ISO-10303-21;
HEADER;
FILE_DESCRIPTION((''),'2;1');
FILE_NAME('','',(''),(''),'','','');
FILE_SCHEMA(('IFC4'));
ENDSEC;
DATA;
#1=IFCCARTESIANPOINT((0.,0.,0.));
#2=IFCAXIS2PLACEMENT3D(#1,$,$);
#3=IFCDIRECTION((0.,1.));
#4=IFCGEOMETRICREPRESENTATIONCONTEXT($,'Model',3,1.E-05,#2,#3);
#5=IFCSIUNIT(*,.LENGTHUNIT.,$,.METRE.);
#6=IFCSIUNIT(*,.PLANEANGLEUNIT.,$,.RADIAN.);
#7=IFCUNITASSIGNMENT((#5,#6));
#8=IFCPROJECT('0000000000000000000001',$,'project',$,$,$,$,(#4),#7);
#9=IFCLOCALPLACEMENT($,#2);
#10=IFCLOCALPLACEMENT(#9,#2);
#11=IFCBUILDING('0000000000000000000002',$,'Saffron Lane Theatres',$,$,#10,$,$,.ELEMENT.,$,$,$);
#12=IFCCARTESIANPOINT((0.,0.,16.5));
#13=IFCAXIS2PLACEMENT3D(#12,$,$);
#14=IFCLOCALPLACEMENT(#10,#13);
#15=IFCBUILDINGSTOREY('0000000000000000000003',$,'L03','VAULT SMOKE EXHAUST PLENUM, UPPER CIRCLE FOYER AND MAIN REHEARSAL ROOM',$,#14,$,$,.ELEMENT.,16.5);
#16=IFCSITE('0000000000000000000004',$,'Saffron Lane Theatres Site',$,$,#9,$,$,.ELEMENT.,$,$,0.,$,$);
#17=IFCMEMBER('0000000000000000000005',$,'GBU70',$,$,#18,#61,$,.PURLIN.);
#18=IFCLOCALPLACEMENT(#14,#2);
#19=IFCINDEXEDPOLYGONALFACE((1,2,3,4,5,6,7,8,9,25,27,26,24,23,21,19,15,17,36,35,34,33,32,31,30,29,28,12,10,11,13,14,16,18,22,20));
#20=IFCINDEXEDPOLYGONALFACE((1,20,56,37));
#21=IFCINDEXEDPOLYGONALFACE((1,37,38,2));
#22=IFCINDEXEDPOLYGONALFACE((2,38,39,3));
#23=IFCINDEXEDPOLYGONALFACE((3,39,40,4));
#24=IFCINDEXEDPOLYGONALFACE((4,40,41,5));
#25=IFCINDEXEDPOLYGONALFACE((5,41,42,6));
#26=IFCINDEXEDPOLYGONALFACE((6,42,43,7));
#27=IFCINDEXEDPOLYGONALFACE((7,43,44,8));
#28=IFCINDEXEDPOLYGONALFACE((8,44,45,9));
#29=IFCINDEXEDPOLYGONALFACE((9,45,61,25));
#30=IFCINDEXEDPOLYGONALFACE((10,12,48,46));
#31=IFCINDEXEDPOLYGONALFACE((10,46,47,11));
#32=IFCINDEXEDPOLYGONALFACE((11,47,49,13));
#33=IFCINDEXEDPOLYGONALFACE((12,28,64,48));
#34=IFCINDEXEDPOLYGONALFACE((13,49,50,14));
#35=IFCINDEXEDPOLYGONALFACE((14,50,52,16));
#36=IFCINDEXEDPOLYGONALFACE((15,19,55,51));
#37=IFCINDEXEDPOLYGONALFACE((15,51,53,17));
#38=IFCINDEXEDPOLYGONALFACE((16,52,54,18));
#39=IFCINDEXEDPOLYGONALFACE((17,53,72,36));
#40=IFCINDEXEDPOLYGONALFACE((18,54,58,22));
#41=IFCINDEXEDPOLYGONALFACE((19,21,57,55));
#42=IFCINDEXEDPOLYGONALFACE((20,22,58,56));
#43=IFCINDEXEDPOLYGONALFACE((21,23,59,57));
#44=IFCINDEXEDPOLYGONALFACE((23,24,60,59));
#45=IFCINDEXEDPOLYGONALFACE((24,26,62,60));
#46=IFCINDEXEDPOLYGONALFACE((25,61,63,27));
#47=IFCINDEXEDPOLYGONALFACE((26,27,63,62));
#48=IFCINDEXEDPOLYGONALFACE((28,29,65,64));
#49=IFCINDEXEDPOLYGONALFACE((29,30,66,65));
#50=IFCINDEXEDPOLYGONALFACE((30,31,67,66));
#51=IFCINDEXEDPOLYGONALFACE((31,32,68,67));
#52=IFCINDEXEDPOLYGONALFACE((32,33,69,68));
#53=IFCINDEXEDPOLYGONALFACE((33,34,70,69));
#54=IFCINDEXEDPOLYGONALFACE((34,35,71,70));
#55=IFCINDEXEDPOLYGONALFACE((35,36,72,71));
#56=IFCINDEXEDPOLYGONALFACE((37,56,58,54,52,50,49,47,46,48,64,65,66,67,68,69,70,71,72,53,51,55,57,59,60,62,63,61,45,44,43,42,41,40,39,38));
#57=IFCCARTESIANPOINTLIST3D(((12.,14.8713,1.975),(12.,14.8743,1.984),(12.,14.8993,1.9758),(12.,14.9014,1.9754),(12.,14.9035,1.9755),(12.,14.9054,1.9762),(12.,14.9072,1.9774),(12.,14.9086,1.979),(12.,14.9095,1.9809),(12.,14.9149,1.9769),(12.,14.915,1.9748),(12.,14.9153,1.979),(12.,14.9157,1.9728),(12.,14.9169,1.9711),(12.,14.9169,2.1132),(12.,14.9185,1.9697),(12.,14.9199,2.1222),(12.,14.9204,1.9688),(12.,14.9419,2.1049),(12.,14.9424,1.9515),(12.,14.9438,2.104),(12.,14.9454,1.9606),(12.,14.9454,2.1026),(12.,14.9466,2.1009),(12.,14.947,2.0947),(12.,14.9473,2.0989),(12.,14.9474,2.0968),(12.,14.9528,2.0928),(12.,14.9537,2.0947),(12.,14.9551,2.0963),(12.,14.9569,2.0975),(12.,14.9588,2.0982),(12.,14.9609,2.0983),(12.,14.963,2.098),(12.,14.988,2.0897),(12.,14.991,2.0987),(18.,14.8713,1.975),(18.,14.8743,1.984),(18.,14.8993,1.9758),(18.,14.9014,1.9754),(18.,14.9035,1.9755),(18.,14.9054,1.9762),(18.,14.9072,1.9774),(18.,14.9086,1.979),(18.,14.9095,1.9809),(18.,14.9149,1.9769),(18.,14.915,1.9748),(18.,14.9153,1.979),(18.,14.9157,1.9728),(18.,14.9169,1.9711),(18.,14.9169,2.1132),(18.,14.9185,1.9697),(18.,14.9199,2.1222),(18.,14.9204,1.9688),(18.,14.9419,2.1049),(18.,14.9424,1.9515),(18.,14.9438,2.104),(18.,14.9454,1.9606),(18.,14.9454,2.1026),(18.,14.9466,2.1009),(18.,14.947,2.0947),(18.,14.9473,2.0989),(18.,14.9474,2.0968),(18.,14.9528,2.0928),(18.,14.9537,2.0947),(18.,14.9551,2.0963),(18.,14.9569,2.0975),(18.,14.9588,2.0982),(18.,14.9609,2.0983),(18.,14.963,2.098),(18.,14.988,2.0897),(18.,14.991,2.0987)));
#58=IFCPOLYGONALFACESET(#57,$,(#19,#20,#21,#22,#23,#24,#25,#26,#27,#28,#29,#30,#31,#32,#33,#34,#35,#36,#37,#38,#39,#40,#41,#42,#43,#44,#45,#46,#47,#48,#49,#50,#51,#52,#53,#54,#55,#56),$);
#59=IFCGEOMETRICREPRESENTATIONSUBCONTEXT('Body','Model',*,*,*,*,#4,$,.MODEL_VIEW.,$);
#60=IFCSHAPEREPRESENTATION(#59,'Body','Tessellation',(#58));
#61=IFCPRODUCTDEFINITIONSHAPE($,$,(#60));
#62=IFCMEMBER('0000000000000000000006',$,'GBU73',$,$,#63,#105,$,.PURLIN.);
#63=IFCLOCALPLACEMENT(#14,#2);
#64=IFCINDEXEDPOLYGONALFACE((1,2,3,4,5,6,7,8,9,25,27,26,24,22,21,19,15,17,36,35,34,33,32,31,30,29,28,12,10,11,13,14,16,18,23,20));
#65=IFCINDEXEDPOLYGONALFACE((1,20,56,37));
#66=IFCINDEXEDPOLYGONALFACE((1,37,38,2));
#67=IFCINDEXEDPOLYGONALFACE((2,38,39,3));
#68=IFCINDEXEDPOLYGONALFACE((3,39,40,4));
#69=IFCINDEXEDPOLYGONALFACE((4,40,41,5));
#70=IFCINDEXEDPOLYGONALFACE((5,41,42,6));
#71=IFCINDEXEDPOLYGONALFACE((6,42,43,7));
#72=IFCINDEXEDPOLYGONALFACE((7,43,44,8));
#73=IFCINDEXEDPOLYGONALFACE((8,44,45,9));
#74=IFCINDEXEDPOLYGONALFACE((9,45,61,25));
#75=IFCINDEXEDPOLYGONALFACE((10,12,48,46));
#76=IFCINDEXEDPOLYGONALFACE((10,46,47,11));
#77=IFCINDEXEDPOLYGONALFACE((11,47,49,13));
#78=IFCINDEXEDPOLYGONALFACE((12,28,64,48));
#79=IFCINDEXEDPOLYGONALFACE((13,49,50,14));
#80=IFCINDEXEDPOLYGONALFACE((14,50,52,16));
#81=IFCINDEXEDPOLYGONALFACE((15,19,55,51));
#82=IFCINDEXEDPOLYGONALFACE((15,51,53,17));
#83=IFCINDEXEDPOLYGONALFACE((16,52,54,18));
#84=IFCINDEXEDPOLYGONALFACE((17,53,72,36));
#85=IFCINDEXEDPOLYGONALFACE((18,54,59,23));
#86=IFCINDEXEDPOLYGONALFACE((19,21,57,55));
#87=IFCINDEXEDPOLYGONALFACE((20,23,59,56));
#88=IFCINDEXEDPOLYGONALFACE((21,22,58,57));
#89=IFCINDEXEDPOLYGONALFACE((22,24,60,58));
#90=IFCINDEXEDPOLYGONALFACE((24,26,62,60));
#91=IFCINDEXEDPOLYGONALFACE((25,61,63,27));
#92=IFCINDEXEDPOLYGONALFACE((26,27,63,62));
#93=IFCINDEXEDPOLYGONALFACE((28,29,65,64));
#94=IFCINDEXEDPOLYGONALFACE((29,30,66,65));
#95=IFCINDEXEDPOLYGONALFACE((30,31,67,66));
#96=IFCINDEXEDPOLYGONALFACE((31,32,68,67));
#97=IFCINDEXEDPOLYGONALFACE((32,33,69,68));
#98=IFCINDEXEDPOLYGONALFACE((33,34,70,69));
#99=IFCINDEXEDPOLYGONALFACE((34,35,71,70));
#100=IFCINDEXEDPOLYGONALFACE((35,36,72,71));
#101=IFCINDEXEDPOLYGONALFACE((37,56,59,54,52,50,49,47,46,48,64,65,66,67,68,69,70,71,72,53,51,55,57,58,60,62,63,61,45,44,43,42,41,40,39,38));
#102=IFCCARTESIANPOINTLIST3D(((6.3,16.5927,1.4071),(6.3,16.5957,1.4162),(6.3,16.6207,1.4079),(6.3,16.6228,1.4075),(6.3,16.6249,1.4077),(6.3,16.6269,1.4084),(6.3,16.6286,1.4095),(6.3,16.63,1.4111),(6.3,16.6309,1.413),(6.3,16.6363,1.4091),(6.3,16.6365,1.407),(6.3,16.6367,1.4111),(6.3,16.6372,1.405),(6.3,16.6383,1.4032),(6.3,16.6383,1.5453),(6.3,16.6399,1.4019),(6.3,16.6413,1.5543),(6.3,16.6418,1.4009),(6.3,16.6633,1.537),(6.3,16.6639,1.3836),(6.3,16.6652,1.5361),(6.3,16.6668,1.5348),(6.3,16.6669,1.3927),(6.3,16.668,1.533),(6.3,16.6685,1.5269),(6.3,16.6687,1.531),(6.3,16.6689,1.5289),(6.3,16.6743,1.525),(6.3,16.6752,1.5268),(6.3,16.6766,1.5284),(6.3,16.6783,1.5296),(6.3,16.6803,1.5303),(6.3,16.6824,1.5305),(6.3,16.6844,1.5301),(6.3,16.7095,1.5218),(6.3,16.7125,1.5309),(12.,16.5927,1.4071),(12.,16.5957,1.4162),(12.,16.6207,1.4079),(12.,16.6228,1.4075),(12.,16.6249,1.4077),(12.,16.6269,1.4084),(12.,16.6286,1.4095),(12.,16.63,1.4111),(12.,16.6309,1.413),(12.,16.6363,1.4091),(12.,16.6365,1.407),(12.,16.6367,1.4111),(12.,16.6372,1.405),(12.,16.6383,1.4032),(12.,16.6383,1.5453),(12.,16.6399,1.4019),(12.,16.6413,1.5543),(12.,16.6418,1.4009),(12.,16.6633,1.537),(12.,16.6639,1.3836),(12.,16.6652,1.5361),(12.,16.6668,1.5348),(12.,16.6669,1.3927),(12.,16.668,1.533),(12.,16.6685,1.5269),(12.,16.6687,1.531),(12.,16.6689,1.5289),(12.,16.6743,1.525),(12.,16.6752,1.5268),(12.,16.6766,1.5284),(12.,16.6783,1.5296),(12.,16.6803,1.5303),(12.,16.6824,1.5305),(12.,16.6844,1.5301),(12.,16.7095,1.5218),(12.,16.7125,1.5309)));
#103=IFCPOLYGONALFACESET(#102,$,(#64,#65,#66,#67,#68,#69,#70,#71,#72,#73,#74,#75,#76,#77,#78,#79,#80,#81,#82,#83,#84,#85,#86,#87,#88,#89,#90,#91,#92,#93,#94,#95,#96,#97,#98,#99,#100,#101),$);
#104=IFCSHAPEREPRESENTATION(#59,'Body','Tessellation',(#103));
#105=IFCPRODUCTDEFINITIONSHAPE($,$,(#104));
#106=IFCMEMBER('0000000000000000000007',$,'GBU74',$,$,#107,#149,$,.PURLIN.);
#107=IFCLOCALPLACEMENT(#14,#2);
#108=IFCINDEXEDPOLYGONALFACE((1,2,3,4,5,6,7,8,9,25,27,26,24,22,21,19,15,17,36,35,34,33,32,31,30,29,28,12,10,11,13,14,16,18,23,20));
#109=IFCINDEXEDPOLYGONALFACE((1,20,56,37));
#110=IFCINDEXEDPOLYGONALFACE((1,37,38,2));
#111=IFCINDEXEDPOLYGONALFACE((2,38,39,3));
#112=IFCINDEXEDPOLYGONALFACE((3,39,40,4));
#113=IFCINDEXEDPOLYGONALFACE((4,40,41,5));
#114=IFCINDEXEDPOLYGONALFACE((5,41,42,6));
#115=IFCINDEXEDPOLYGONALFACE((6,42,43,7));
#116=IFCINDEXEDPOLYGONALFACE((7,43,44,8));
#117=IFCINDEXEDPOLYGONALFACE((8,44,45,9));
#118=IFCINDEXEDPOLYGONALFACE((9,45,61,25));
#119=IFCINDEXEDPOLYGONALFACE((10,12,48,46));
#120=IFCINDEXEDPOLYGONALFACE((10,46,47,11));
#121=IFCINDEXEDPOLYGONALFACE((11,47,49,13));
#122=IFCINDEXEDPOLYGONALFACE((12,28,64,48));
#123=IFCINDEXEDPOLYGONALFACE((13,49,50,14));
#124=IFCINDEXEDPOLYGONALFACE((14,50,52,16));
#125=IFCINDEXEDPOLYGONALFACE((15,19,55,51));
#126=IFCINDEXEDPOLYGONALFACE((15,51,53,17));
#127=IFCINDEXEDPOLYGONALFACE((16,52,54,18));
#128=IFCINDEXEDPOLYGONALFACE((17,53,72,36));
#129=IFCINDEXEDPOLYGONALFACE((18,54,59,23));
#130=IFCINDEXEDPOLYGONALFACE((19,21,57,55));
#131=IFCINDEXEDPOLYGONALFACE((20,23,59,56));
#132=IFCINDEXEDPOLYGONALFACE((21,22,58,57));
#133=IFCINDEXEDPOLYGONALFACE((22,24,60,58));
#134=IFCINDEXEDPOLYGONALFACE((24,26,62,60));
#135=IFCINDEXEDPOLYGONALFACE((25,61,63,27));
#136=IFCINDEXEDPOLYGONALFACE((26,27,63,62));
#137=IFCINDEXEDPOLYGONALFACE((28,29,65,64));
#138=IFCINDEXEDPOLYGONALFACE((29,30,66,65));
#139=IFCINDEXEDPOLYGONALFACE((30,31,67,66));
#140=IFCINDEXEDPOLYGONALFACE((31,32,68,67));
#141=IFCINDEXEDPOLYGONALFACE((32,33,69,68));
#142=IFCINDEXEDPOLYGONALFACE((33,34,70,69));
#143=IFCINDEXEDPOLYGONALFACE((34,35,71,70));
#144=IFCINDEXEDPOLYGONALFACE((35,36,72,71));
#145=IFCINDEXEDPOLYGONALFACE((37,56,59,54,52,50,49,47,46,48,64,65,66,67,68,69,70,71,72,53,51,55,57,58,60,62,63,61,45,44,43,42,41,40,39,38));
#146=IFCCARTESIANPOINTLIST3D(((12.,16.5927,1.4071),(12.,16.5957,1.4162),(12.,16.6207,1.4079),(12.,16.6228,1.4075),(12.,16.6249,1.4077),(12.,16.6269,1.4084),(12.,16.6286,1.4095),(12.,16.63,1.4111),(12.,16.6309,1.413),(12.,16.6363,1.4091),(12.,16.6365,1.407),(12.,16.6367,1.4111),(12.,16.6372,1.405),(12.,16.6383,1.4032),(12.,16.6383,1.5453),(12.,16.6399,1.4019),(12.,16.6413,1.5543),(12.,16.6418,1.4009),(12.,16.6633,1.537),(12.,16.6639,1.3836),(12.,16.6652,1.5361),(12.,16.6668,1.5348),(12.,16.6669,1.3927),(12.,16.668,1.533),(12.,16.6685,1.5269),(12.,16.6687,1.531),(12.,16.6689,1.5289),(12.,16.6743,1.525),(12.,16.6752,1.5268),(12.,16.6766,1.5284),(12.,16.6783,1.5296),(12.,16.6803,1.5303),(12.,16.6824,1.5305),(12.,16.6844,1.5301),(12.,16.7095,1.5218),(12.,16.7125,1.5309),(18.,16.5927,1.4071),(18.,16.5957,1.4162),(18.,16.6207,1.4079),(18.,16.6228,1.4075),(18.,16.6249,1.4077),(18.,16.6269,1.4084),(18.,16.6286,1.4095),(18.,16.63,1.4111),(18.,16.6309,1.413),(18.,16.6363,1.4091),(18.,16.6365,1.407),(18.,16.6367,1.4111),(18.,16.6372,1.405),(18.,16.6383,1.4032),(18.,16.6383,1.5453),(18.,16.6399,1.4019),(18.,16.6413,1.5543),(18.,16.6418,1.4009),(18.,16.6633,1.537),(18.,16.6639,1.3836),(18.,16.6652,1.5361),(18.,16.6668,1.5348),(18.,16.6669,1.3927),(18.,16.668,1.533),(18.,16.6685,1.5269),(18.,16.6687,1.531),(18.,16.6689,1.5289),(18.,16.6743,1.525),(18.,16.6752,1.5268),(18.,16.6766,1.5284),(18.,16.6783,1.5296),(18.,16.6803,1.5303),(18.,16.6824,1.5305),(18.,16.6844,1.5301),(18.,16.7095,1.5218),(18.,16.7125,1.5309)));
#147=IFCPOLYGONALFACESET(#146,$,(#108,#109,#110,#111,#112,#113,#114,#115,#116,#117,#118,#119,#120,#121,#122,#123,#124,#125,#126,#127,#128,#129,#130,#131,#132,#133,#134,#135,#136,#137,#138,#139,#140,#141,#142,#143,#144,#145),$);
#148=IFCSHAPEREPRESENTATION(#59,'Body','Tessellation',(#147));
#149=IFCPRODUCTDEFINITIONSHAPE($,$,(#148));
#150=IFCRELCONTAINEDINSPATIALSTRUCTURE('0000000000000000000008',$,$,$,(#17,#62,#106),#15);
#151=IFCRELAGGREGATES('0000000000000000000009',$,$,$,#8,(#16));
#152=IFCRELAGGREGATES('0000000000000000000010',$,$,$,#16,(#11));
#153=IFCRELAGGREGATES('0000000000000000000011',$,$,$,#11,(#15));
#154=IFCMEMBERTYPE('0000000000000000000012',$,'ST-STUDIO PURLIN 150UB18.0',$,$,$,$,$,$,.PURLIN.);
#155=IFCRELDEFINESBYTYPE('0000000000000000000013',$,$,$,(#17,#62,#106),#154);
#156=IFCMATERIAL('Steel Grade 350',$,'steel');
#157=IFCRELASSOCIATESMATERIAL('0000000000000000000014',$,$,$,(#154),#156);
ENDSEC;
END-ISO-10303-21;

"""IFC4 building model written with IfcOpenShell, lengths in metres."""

from ifc_helpers import new_model, si_unit, direction, frame, origin, origin_2d, place, context, subcontext, project, spatial, i_section, extrude, material, material_profile, profile_set, type_object, element, save


model = new_model("IFC4")

# Units and contexts
model_context = context("Model", 3, precision=1e-05, world=origin(), true_north=direction((0.0, 1.0)))
body_context = subcontext(model_context, "Body", "Model", "MODEL_VIEW")
ifc_project = project(units=[si_unit("LENGTHUNIT", "METRE"), si_unit("PLANEANGLEUNIT", "RADIAN")], contexts=[model_context])

# Site, building, storey
site_placement = place(None, origin())
site = spatial("IfcSite", under=ifc_project, at=site_placement, Name="Saffron Lane Theatres Site", CompositionType="ELEMENT", RefElevation=0.0)
building_placement = place(site_placement, origin())
building = spatial("IfcBuilding", under=site, at=building_placement, Name="Saffron Lane Theatres", CompositionType="ELEMENT")
storey_placement = place(building_placement, frame((0.0, 0.0, 16.5)))
storey = spatial("IfcBuildingStorey", under=building, at=storey_placement, Name="L03", Description="VAULT SMOKE EXHAUST PLENUM, UPPER CIRCLE FOYER AND MAIN REHEARSAL ROOM", CompositionType="ELEMENT", Elevation=16.5)

# Members
ifc_material_1 = material(Name="Steel Grade 350", Category="steel")
ifc_material_profile_1 = material_profile(ifc_material_1, i_section(OverallWidth=0.075, OverallDepth=0.155, WebThickness=0.0061, FlangeThickness=0.0095, FilletRadius=0.0081, at=origin_2d()))
ifc_profile_set_1 = profile_set([ifc_material_profile_1], Name="Steel Grade 350")
member_type_1 = type_object("IfcMemberType", Name="ST-STUDIO PURLIN 150UB18.0", PredefinedType="PURLIN", material=ifc_profile_set_1)
member_1_placement = place(storey_placement, frame((12.0, 14.9312, 2.0369), z_axis=(1.0, 0.0, 0.0), x_axis=(0.0, 0.949629, -0.313377)))
element("IfcMember", 1, at=member_1_placement, inside=storey, type_object=member_type_1, Name="GBU70", PredefinedType="PURLIN", context=body_context, shape_type="SweptSolid", body=[
    extrude(i_section(OverallWidth=0.075, OverallDepth=0.155, WebThickness=0.0061, FlangeThickness=0.0095, FilletRadius=0.0081, at=origin_2d()), origin(), (0.0, 0.0, 1.0), 6.0),
])
member_2_placement = place(storey_placement, frame((6.3, 16.6526, 1.469), z_axis=(1.0, 0.0, 0.0), x_axis=(0.0, 0.949629, -0.313377)))
element("IfcMember", 2, at=member_2_placement, inside=storey, type_object=member_type_1, Name="GBU73", PredefinedType="PURLIN", context=body_context, shape_type="SweptSolid", body=[
    extrude(i_section(OverallWidth=0.075, OverallDepth=0.155, WebThickness=0.0061, FlangeThickness=0.0095, FilletRadius=0.0081, at=origin_2d()), origin(), (0.0, 0.0, 1.0), 5.7),
])
member_3_placement = place(storey_placement, frame((12.0, 16.6526, 1.469), z_axis=(1.0, 0.0, 0.0), x_axis=(0.0, 0.949629, -0.313377)))
element("IfcMember", 3, at=member_3_placement, inside=storey, type_object=member_type_1, Name="GBU74", PredefinedType="PURLIN", context=body_context, shape_type="SweptSolid", body=[
    extrude(i_section(OverallWidth=0.075, OverallDepth=0.155, WebThickness=0.0061, FlangeThickness=0.0095, FilletRadius=0.0081, at=origin_2d()), origin(), (0.0, 0.0, 1.0), 6.0),
])

save(model, "model.ifc")
